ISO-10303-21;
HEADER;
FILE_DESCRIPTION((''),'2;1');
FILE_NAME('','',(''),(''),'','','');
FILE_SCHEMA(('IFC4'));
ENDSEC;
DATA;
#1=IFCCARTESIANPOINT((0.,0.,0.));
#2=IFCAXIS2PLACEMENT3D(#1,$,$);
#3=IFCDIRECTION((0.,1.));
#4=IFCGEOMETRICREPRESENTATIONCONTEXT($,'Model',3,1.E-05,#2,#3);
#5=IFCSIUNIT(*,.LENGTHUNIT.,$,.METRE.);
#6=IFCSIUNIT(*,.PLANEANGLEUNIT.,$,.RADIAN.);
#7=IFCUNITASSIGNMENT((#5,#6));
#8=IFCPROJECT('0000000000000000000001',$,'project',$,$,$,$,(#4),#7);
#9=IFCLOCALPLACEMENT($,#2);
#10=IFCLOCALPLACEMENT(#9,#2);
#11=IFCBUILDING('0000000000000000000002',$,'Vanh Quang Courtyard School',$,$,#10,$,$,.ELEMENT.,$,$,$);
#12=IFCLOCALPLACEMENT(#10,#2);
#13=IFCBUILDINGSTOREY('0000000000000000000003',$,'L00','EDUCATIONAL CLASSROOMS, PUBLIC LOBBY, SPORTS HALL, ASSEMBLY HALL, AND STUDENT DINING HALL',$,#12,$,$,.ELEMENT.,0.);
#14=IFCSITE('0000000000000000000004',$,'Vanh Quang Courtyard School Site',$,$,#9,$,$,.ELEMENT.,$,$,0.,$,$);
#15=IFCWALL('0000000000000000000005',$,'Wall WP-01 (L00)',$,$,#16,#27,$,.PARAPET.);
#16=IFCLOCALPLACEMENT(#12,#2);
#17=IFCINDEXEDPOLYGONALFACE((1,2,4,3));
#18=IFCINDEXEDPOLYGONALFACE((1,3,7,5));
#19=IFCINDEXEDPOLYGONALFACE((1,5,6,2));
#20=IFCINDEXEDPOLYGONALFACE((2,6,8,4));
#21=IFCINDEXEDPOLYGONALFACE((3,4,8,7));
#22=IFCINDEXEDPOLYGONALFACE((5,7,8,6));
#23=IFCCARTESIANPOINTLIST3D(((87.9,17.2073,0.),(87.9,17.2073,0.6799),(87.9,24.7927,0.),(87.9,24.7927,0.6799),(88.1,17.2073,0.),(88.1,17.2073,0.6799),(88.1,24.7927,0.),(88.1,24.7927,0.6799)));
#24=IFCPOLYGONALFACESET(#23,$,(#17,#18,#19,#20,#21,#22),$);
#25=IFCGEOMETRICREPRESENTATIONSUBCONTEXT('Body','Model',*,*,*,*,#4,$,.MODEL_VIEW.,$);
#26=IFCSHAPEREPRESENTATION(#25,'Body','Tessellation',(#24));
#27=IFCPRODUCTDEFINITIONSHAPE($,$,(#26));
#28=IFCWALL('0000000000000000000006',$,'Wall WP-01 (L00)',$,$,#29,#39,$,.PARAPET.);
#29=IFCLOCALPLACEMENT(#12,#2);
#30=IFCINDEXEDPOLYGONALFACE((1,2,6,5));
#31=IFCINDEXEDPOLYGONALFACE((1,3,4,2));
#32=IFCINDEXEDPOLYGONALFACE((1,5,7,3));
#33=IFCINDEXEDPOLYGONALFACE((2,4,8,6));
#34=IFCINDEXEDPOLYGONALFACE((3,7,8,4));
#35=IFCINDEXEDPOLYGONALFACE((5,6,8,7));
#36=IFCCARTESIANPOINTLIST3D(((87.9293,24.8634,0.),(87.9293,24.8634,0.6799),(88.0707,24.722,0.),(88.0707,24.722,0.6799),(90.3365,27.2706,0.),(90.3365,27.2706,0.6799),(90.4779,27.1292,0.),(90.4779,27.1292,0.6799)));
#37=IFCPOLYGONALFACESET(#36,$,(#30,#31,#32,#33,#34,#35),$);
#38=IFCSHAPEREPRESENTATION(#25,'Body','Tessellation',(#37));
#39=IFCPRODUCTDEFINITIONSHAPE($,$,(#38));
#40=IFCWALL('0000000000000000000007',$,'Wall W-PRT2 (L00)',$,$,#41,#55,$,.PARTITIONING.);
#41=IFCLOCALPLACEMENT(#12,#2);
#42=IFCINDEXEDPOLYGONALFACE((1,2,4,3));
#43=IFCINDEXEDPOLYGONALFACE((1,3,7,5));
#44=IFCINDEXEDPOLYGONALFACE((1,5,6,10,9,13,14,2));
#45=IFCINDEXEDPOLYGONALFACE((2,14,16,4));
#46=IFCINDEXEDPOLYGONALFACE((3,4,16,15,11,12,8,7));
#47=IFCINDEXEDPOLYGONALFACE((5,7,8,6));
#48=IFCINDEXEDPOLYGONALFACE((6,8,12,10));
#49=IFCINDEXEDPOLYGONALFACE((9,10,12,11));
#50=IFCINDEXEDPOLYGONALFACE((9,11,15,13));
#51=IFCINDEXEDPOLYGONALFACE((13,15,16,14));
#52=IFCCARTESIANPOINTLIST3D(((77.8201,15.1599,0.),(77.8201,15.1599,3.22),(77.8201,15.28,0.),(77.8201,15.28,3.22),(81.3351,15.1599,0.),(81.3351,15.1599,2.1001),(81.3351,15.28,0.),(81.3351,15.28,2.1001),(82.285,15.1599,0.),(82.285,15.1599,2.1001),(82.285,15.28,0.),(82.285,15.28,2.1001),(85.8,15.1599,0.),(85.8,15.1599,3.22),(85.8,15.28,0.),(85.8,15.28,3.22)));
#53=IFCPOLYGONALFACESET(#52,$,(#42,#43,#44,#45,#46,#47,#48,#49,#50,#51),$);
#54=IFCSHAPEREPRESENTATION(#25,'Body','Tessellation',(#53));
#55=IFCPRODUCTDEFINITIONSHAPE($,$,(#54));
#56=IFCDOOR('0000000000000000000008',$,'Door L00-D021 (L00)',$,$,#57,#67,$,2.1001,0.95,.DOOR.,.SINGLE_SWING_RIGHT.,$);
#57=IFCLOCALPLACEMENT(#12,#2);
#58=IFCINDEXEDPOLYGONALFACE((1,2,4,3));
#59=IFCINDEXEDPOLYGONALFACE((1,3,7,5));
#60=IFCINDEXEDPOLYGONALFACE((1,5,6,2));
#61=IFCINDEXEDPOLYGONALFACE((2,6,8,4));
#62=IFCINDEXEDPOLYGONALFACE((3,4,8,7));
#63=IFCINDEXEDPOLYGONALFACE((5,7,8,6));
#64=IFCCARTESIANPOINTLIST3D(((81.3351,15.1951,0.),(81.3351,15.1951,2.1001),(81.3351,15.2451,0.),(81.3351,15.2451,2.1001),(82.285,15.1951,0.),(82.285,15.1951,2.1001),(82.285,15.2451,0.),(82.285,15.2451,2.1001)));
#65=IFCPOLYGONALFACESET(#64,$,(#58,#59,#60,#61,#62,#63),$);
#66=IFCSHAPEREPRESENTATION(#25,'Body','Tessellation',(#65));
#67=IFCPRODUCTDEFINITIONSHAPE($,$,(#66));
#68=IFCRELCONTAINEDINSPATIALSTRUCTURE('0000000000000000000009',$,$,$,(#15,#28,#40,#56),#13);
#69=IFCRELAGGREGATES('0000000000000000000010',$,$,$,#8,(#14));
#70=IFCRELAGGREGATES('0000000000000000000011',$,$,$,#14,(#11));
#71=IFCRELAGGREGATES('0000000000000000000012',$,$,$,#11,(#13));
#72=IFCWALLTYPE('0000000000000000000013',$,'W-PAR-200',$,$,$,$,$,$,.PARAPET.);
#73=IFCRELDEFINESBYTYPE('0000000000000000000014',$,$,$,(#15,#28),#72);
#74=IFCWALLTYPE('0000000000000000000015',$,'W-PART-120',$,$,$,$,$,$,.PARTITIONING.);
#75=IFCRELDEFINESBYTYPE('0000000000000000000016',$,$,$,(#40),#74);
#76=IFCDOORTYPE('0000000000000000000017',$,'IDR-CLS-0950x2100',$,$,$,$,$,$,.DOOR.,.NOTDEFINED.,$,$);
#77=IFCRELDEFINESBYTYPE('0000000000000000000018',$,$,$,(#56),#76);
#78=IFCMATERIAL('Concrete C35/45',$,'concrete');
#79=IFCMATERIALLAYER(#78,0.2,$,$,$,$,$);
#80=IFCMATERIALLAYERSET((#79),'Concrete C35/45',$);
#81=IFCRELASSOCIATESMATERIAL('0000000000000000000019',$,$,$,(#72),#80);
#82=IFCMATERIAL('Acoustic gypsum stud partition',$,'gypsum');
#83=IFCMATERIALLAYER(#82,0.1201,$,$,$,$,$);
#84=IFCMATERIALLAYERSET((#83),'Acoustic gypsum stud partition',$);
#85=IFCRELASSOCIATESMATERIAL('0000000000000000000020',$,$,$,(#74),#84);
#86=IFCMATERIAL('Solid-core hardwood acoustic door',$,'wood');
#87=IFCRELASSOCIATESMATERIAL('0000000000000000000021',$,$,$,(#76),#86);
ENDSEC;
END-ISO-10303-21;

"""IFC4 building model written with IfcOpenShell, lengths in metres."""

from ifc_helpers import new_model, si_unit, direction, frame, frame_2d, origin, place, context, subcontext, project, spatial, rectangle, extrude, material, layer, layer_set, type_object, element, fill, save


model = new_model("IFC4")

# Units and contexts
model_context = context("Model", 3, precision=1e-05, world=origin(), true_north=direction((0.0, 1.0)))
body_context = subcontext(model_context, "Body", "Model", "MODEL_VIEW")
ifc_project = project(units=[si_unit("LENGTHUNIT", "METRE"), si_unit("PLANEANGLEUNIT", "RADIAN")], contexts=[model_context])

# Site, building, storey
site_placement = place(None, origin())
site = spatial("IfcSite", under=ifc_project, at=site_placement, Name="Vanh Quang Courtyard School Site", CompositionType="ELEMENT", RefElevation=0.0)
building_placement = place(site_placement, origin())
building = spatial("IfcBuilding", under=site, at=building_placement, Name="Vanh Quang Courtyard School", CompositionType="ELEMENT")
storey_placement = place(building_placement, origin())
storey = spatial("IfcBuildingStorey", under=building, at=storey_placement, Name="L00", Description="EDUCATIONAL CLASSROOMS, PUBLIC LOBBY, SPORTS HALL, ASSEMBLY HALL, AND STUDENT DINING HALL", CompositionType="ELEMENT", Elevation=0.0)

# Shared definitions
ifc_material_1 = material(Name="Concrete C35/45", Category="concrete")

# Walls
ifc_layer_1 = layer(ifc_material_1, 0.2)
ifc_layer_set_1 = layer_set([ifc_layer_1], Name="Concrete C35/45")
wall_type_1 = type_object("IfcWallType", Name="W-PAR-200", PredefinedType="PARAPET", material=ifc_layer_set_1)
wall_1_placement = place(storey_placement, frame((88.0, 17.2073, 0.0), z_axis=(0.0, 0.0, 1.0), x_axis=(0.0, 1.0, 0.0)))
element("IfcWall", 1, at=wall_1_placement, inside=storey, type_object=wall_type_1, Name="Wall WP-01 (L00)", PredefinedType="PARAPET", context=body_context, shape_type="SweptSolid", body=[
    extrude(rectangle(XDim=7.5854, YDim=0.2, at=frame_2d((3.7927, 0.0))), origin(), (0.0, 0.0, 1.0), 0.6799),
])
wall_2_placement = place(storey_placement, frame((88.0, 24.7927, 0.0), z_axis=(0.0, 0.0, 1.0), x_axis=(0.707107, 0.707107, 0.0)))
element("IfcWall", 2, at=wall_2_placement, inside=storey, type_object=wall_type_1, Name="Wall WP-01 (L00)", PredefinedType="PARAPET", context=body_context, shape_type="SweptSolid", body=[
    extrude(rectangle(XDim=3.4043, YDim=0.2, at=frame_2d((1.7021, 0.0))), origin(), (0.0, 0.0, 1.0), 0.6799),
])

# Wall, opening, door
ifc_material_2 = material(Name="Acoustic gypsum stud partition", Category="gypsum")
ifc_layer_2 = layer(ifc_material_2, 0.1201)
ifc_layer_set_2 = layer_set([ifc_layer_2], Name="Acoustic gypsum stud partition")
wall_type_2 = type_object("IfcWallType", Name="W-PART-120", PredefinedType="PARTITIONING", material=ifc_layer_set_2)
wall_3_placement = place(storey_placement, frame((85.8, 15.22, 0.0), z_axis=(0.0, 0.0, 1.0), x_axis=(-1.0, 0.0, 0.0)))
wall_3 = element("IfcWall", 3, at=wall_3_placement, inside=storey, type_object=wall_type_2, Name="Wall W-PRT2 (L00)", PredefinedType="PARTITIONING", context=body_context, shape_type="SweptSolid", body=[
    extrude(rectangle(XDim=7.98, YDim=0.1201, at=frame_2d((3.99, 0.0))), origin(), (0.0, 0.0, 1.0), 3.22),
])
opening_1_placement = place(wall_3_placement, frame((3.5149, 0.0, 0.0)))
opening_1 = element("IfcOpeningElement", 4, at=opening_1_placement, cuts=wall_3, PredefinedType="OPENING", context=body_context, shape_type="SweptSolid", body=[
    extrude(rectangle(XDim=0.95, YDim=2.1001, at=frame_2d((0.4751, 1.05))), frame((0.0, 0.0701, 0.0), z_axis=(0.0, -1.0, 0.0), x_axis=(1.0, 0.0, 0.0)), (0.0, 0.0, 1.0), 0.1401),
])
ifc_material_3 = material(Name="Solid-core hardwood acoustic door", Category="wood")
door_type_1 = type_object("IfcDoorType", Name="IDR-CLS-0950x2100", OperationType="NOTDEFINED", PredefinedType="DOOR", material=ifc_material_3)
door_1_placement = place(opening_1_placement, origin())
door_1 = element("IfcDoor", 5, at=door_1_placement, inside=storey, type_object=door_type_1, Name="Door L00-D021 (L00)", OperationType="SINGLE_SWING_RIGHT", OverallHeight=2.1001, OverallWidth=0.95, PredefinedType="DOOR", context=body_context, shape_type="SweptSolid", body=[
    extrude(rectangle(XDim=0.95, YDim=2.1001, at=frame_2d((0.4751, 1.05))), frame((0.0, 0.0249, 0.0), z_axis=(0.0, -1.0, 0.0), x_axis=(1.0, 0.0, 0.0)), (0.0, 0.0, 1.0), 0.05),
])
fill(opening_1, door_1)

save(model, "model.ifc")
